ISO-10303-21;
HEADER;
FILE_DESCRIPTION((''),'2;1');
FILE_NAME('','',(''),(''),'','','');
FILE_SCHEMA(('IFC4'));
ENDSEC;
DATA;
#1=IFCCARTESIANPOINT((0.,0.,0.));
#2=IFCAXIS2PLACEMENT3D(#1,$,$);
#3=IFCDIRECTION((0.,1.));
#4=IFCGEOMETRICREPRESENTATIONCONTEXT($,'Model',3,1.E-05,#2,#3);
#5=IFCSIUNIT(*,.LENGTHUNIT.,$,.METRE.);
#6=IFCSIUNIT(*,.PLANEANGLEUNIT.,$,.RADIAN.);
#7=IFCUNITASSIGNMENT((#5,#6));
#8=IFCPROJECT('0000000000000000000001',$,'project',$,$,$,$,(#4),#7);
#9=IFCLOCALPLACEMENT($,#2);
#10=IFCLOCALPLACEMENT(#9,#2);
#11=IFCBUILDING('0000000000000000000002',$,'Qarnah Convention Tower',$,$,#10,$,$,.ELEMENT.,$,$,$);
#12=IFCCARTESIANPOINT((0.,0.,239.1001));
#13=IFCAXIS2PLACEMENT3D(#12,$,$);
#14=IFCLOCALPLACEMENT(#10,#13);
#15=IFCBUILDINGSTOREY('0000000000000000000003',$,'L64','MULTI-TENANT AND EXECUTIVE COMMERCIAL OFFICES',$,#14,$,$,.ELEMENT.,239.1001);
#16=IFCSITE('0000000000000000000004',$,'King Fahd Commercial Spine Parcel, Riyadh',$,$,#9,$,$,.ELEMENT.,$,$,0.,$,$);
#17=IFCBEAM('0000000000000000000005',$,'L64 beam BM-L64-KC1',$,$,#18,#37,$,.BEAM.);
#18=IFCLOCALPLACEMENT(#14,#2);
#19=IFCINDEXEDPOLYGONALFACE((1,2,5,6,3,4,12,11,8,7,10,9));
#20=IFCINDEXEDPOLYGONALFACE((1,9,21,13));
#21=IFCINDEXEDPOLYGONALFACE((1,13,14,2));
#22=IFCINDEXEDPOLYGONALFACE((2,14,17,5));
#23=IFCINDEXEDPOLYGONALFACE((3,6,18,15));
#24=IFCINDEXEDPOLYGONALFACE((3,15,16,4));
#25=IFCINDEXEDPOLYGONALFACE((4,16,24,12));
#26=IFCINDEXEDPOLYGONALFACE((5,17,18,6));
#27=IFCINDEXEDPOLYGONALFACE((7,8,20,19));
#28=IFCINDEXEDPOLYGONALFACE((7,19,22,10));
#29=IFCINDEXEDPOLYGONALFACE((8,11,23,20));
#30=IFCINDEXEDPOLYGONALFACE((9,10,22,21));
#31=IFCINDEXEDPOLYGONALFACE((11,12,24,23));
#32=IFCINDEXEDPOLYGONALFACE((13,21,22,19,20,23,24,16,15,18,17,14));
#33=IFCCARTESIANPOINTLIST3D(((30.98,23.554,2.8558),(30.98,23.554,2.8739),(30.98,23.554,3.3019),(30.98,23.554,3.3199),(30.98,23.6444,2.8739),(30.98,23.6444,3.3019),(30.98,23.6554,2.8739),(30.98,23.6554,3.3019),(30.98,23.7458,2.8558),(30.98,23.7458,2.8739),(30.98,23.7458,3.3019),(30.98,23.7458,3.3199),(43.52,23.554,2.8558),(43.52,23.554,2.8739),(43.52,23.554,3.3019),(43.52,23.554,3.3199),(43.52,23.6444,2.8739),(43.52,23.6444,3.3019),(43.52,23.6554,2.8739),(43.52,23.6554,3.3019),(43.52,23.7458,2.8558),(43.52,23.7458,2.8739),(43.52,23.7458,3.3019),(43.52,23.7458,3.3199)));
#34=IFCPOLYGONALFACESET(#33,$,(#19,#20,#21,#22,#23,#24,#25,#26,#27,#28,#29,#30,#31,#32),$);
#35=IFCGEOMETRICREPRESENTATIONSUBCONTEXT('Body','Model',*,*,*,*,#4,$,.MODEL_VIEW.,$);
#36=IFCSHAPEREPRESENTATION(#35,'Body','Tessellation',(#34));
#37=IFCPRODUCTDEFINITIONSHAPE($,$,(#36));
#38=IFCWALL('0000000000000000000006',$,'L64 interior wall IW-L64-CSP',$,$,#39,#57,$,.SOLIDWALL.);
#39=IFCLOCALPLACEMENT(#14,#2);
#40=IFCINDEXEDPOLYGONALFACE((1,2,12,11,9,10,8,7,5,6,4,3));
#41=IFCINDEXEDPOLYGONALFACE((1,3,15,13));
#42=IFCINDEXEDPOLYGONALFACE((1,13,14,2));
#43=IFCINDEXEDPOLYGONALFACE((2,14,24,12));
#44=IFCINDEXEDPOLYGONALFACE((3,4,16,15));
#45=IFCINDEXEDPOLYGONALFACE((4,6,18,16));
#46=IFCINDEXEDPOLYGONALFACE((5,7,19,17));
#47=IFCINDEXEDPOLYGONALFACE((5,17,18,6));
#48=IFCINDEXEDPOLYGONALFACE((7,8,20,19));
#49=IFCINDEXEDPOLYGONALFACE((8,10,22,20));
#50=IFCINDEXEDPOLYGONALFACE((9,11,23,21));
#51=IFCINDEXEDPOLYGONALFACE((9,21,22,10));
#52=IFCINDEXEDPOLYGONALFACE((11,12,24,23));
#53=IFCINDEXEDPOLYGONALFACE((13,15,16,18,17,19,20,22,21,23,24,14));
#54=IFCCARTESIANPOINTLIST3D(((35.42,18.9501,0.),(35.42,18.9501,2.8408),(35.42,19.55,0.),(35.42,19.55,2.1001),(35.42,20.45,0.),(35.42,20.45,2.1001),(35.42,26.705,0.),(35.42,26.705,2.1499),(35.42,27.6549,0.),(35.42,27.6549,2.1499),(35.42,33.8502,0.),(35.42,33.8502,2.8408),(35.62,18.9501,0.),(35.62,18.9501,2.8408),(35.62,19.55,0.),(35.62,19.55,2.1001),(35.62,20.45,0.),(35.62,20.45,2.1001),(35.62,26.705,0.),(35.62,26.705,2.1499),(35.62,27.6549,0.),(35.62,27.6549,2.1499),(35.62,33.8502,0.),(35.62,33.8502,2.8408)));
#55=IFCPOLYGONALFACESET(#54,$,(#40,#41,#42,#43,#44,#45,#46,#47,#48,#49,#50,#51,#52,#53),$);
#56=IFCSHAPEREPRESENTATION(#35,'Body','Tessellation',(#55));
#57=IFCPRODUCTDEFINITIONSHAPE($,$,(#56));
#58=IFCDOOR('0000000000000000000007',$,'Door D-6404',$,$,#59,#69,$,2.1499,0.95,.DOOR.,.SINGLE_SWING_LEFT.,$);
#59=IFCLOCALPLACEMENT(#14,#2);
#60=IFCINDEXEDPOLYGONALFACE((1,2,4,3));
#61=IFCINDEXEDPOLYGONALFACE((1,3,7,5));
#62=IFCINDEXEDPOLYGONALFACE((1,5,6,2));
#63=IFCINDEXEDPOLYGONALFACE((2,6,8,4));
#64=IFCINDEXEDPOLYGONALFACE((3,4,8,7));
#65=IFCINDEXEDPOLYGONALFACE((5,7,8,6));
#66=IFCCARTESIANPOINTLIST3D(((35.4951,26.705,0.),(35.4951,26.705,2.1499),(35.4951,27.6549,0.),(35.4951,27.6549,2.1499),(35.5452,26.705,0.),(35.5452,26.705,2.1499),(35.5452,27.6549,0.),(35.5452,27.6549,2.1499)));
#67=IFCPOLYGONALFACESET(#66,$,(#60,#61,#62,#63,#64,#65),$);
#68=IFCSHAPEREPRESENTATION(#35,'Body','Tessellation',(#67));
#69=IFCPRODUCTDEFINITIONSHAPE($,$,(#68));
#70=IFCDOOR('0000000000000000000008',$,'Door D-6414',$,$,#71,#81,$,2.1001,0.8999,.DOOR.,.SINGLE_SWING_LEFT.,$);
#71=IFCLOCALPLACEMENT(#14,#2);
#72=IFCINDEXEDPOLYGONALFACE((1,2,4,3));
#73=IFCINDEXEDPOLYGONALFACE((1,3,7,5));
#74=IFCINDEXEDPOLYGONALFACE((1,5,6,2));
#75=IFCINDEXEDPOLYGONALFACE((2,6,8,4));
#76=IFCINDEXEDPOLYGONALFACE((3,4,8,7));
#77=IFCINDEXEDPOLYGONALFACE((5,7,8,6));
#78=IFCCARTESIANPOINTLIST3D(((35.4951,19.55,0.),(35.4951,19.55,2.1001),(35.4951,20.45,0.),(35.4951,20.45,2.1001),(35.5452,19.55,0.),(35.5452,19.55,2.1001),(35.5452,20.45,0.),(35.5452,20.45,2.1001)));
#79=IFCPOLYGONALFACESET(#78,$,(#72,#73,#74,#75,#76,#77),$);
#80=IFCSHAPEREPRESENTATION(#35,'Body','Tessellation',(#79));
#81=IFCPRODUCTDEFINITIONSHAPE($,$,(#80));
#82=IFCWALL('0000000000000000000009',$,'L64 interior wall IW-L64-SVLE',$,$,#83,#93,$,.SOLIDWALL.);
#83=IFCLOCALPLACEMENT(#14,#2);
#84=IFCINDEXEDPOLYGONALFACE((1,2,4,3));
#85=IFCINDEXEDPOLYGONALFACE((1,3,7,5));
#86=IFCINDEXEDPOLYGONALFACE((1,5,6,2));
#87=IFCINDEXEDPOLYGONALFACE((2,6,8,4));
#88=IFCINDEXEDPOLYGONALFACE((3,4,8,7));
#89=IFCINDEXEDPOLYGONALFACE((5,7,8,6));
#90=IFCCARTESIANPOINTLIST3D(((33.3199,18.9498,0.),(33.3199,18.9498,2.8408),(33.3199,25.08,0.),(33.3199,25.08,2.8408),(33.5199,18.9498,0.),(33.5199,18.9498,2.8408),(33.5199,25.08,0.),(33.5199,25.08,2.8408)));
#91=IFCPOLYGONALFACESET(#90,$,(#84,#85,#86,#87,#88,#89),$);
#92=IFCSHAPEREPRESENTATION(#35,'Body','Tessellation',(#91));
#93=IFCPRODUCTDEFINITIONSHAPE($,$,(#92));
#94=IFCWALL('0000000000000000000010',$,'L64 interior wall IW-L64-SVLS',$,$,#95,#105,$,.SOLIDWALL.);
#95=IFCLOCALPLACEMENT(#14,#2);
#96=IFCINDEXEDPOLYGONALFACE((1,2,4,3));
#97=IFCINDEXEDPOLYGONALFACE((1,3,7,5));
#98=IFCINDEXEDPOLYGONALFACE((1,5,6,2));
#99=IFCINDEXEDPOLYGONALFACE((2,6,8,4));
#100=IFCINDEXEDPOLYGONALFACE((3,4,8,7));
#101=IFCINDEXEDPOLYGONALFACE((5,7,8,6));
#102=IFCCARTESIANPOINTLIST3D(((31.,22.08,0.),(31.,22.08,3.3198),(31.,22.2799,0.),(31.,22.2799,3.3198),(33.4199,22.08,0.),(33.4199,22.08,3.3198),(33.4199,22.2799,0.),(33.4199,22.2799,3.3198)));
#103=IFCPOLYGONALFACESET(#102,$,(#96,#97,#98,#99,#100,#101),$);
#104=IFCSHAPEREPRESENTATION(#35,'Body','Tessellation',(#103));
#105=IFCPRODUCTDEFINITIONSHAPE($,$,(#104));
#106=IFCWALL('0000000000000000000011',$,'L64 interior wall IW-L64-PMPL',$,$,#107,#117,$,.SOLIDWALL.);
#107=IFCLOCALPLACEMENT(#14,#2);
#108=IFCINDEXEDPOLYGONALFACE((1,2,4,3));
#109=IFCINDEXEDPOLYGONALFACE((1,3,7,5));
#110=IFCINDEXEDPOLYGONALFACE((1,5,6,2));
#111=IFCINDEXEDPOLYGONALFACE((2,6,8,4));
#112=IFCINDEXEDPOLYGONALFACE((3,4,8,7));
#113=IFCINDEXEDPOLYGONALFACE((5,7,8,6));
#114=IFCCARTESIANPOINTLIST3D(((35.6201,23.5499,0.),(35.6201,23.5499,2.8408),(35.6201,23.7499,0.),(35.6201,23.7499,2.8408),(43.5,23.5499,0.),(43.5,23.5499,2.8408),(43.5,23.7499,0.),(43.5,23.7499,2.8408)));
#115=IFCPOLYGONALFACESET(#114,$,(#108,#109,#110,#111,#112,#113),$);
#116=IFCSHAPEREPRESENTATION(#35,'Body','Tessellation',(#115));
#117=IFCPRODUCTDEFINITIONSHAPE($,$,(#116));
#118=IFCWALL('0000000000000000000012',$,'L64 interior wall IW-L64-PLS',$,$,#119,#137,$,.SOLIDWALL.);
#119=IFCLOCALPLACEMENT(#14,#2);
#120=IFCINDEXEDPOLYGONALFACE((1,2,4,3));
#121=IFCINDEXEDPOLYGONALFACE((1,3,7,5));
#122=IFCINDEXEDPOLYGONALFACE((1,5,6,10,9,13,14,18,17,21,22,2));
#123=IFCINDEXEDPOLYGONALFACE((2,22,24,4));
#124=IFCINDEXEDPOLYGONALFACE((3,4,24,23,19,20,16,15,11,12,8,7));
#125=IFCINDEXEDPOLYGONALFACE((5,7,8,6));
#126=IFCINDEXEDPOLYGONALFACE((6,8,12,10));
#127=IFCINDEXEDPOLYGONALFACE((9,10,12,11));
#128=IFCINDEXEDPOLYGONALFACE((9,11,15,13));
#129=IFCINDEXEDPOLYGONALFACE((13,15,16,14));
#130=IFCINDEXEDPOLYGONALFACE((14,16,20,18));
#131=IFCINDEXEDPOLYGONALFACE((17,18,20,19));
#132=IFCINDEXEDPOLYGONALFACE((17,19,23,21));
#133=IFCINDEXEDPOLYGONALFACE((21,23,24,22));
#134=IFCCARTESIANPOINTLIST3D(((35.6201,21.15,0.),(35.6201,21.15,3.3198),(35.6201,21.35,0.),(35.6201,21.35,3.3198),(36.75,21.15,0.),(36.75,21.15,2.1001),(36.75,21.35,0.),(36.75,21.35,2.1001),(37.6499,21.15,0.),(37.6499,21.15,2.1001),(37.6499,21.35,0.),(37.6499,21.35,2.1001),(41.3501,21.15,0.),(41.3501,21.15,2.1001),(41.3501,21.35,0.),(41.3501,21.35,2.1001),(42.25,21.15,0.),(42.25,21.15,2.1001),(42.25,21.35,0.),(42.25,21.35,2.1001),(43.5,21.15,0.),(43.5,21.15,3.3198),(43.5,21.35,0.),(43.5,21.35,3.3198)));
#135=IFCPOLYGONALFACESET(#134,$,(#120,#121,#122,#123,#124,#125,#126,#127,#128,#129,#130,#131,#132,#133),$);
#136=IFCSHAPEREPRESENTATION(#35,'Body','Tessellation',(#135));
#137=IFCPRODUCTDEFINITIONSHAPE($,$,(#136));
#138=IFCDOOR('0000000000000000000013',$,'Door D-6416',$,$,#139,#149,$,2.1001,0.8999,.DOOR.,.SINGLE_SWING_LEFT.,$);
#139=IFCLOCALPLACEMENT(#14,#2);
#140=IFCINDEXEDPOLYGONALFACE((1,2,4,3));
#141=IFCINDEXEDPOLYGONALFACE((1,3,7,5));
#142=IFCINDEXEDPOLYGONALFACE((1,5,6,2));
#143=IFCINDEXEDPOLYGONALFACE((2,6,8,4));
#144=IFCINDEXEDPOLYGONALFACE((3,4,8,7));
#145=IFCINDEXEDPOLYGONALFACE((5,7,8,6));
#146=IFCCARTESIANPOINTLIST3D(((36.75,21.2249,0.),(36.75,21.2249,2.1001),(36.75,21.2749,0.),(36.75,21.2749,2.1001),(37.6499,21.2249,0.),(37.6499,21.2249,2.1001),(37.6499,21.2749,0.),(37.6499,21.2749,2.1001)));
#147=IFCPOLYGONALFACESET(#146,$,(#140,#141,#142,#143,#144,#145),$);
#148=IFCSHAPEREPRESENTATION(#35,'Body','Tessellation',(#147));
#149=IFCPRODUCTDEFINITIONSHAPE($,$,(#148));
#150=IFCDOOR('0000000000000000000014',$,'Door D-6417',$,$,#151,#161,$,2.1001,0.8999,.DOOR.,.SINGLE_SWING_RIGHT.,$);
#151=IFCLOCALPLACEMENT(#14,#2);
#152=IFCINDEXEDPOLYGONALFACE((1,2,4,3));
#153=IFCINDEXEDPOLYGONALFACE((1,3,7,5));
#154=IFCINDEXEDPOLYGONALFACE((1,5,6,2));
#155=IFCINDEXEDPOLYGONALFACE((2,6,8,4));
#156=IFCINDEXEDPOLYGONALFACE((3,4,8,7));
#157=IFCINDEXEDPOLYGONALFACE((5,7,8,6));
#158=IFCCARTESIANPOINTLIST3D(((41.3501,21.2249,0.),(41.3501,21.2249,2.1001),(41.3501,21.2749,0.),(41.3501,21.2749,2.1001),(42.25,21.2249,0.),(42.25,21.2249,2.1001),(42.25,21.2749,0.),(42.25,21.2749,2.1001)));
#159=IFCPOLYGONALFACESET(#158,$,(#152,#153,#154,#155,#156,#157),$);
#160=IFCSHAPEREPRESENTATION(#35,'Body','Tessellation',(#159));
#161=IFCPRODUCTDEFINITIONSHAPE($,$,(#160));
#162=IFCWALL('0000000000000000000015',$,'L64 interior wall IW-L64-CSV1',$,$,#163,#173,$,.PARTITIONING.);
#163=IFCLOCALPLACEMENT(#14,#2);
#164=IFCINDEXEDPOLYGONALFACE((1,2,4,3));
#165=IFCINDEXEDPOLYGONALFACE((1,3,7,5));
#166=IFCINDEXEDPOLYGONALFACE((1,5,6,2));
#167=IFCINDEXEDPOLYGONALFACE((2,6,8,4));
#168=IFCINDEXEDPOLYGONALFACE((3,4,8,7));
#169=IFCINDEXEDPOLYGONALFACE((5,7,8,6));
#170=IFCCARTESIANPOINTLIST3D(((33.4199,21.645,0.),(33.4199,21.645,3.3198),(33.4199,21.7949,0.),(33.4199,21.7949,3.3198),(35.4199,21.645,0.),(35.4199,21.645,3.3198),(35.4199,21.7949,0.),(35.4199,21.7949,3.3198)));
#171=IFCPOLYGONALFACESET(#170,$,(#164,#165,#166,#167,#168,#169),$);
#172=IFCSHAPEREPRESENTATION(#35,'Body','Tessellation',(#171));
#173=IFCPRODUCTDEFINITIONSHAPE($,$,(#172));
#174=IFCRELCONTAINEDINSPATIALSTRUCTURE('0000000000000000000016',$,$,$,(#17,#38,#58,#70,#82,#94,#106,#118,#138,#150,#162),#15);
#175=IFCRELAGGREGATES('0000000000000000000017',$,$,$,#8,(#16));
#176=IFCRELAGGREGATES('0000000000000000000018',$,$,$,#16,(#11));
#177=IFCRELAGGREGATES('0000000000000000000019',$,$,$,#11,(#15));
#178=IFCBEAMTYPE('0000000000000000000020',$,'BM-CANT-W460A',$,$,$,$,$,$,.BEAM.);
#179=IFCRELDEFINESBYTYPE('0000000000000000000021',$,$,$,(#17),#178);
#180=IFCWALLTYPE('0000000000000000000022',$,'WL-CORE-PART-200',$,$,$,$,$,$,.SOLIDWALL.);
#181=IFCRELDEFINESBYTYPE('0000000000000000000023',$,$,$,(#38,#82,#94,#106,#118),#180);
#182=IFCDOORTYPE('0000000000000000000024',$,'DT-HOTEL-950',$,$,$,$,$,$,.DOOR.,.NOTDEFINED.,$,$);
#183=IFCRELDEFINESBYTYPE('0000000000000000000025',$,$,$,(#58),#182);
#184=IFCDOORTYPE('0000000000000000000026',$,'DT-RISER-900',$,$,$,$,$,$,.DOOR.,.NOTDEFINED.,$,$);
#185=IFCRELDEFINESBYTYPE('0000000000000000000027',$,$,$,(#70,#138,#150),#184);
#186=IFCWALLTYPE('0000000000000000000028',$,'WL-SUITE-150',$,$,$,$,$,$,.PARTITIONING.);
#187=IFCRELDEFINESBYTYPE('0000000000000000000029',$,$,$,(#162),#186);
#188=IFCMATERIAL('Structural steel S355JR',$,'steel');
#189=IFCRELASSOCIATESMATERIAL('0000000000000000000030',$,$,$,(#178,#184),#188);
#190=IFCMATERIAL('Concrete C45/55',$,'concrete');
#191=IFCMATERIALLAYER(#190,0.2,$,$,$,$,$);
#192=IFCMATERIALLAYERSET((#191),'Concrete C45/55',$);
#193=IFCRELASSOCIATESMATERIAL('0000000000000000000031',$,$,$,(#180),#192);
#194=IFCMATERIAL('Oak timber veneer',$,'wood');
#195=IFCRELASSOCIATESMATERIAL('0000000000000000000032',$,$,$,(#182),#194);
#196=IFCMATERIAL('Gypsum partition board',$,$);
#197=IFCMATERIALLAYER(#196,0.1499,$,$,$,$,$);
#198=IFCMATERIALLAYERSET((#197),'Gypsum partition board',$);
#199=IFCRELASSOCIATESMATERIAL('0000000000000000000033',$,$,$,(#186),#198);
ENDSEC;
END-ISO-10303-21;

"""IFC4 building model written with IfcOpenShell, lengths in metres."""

from ifc_helpers import new_model, si_unit, direction, frame, frame_2d, origin, origin_2d, place, context, subcontext, project, spatial, rectangle, i_section, extrude, material, layer, layer_set, material_profile, profile_set, type_object, element, fill, save


model = new_model("IFC4")

# Units and contexts
model_context = context("Model", 3, precision=1e-05, world=origin(), true_north=direction((0.0, 1.0)))
body_context = subcontext(model_context, "Body", "Model", "MODEL_VIEW")
ifc_project = project(units=[si_unit("LENGTHUNIT", "METRE"), si_unit("PLANEANGLEUNIT", "RADIAN")], contexts=[model_context])

# Site, building, storey
site_placement = place(None, origin())
site = spatial("IfcSite", under=ifc_project, at=site_placement, Name="King Fahd Commercial Spine Parcel, Riyadh", CompositionType="ELEMENT", RefElevation=0.0)
building_placement = place(site_placement, origin())
building = spatial("IfcBuilding", under=site, at=building_placement, Name="Qarnah Convention Tower", CompositionType="ELEMENT")
storey_placement = place(building_placement, frame((0.0, 0.0, 239.1001)))
storey = spatial("IfcBuildingStorey", under=building, at=storey_placement, Name="L64", Description="MULTI-TENANT AND EXECUTIVE COMMERCIAL OFFICES", CompositionType="ELEMENT", Elevation=239.1001)

# Beam
ifc_material_1 = material(Name="Structural steel S355JR", Category="steel")
ifc_material_profile = material_profile(ifc_material_1, i_section(OverallWidth=0.1919, OverallDepth=0.4641, WebThickness=0.011, FlangeThickness=0.0181, at=origin_2d()), Name="W460X89")
ifc_profile_set = profile_set([ifc_material_profile], Name="Structural steel S355JR")
beam_type = type_object("IfcBeamType", Name="BM-CANT-W460A", PredefinedType="BEAM", material=ifc_profile_set)
beam_placement = place(storey_placement, frame((30.98, 23.6499, 3.0879), z_axis=(1.0, 0.0, 0.0), x_axis=(0.0, 1.0, 0.0)))
element("IfcBeam", 1, at=beam_placement, inside=storey, type_object=beam_type, Name="L64 beam BM-L64-KC1", PredefinedType="BEAM", context=body_context, shape_type="SweptSolid", body=[
    extrude(i_section(OverallWidth=0.1919, OverallDepth=0.4641, WebThickness=0.011, FlangeThickness=0.0181, at=origin_2d()), origin(), (0.0, 0.0, 1.0), 12.54),
])

# Wall, openings, doors
ifc_material_2 = material(Name="Concrete C45/55", Category="concrete")
ifc_layer_1 = layer(ifc_material_2, 0.2)
ifc_layer_set_1 = layer_set([ifc_layer_1], Name="Concrete C45/55")
wall_type_1 = type_object("IfcWallType", Name="WL-CORE-PART-200", PredefinedType="SOLIDWALL", material=ifc_layer_set_1)
wall_1_placement = place(storey_placement, frame((35.52, 18.95, 0.0), z_axis=(0.0, 0.0, 1.0), x_axis=(0.0, 1.0, 0.0)))
wall_1 = element("IfcWall", 2, at=wall_1_placement, inside=storey, type_object=wall_type_1, Name="L64 interior wall IW-L64-CSP", PredefinedType="SOLIDWALL", context=body_context, shape_type="SweptSolid", body=[
    extrude(rectangle(XDim=14.9001, YDim=0.2, at=frame_2d((7.4502, 0.0))), origin(), (0.0, 0.0, 1.0), 2.8408),
])
opening_1_placement = place(wall_1_placement, frame((7.7549, 0.0, 0.0)))
opening_1 = element("IfcOpeningElement", 3, at=opening_1_placement, cuts=wall_1, PredefinedType="OPENING", context=body_context, shape_type="SweptSolid", body=[
    extrude(rectangle(XDim=0.95, YDim=2.1499, at=frame_2d((0.4751, 1.075))), frame((0.0, 0.1099, 0.0), z_axis=(0.0, -1.0, 0.0), x_axis=(1.0, 0.0, 0.0)), (0.0, 0.0, 1.0), 0.22),
])
opening_2_placement = place(wall_1_placement, frame((0.6001, 0.0, 0.0)))
opening_2 = element("IfcOpeningElement", 4, at=opening_2_placement, cuts=wall_1, PredefinedType="OPENING", context=body_context, shape_type="SweptSolid", body=[
    extrude(rectangle(XDim=0.8999, YDim=2.1001, at=frame_2d((0.45, 1.05))), frame((0.0, 0.1099, 0.0), z_axis=(0.0, -1.0, 0.0), x_axis=(1.0, 0.0, 0.0)), (0.0, 0.0, 1.0), 0.22),
])
ifc_material_3 = material(Name="Oak timber veneer", Category="wood")
door_type_1 = type_object("IfcDoorType", Name="DT-HOTEL-950", OperationType="NOTDEFINED", PredefinedType="DOOR", material=ifc_material_3)
door_1_placement = place(opening_1_placement, origin())
door_1 = element("IfcDoor", 5, at=door_1_placement, inside=storey, type_object=door_type_1, Name="Door D-6404", OperationType="SINGLE_SWING_LEFT", OverallHeight=2.1499, OverallWidth=0.95, PredefinedType="DOOR", context=body_context, shape_type="SweptSolid", body=[
    extrude(rectangle(XDim=0.95, YDim=2.1499, at=frame_2d((0.4751, 1.075))), frame((0.0, 0.0249, 0.0), z_axis=(0.0, -1.0, 0.0), x_axis=(1.0, 0.0, 0.0)), (0.0, 0.0, 1.0), 0.05),
])
fill(opening_1, door_1)
door_type_2 = type_object("IfcDoorType", Name="DT-RISER-900", OperationType="NOTDEFINED", PredefinedType="DOOR", material=ifc_material_1)
door_2_placement = place(opening_2_placement, origin())
door_2 = element("IfcDoor", 6, at=door_2_placement, inside=storey, type_object=door_type_2, Name="Door D-6414", OperationType="SINGLE_SWING_LEFT", OverallHeight=2.1001, OverallWidth=0.8999, PredefinedType="DOOR", context=body_context, shape_type="SweptSolid", body=[
    extrude(rectangle(XDim=0.8999, YDim=2.1001, at=frame_2d((0.45, 1.05))), frame((0.0, 0.0249, 0.0), z_axis=(0.0, -1.0, 0.0), x_axis=(1.0, 0.0, 0.0)), (0.0, 0.0, 1.0), 0.05),
])
fill(opening_2, door_2)

# Walls
wall_2_placement = place(storey_placement, frame((33.4199, 18.95, 0.0), z_axis=(0.0, 0.0, 1.0), x_axis=(0.0, 1.0, 0.0)))
element("IfcWall", 7, at=wall_2_placement, inside=storey, type_object=wall_type_1, Name="L64 interior wall IW-L64-SVLE", PredefinedType="SOLIDWALL", context=body_context, shape_type="SweptSolid", body=[
    extrude(rectangle(XDim=6.1301, YDim=0.2, at=frame_2d((3.0649, 0.0))), origin(), (0.0, 0.0, 1.0), 2.8408),
])
wall_3_placement = place(storey_placement, frame((31.0, 22.1799, 0.0), z_axis=(0.0, 0.0, 1.0), x_axis=(1.0, 0.0, 0.0)))
element("IfcWall", 8, at=wall_3_placement, inside=storey, type_object=wall_type_1, Name="L64 interior wall IW-L64-SVLS", PredefinedType="SOLIDWALL", context=body_context, shape_type="SweptSolid", body=[
    extrude(rectangle(XDim=2.4199, YDim=0.2, at=frame_2d((1.21, 0.0))), origin(), (0.0, 0.0, 1.0), 3.3198),
])
wall_4_placement = place(storey_placement, frame((35.6201, 23.6499, 0.0), z_axis=(0.0, 0.0, 1.0), x_axis=(1.0, 0.0, 0.0)))
element("IfcWall", 9, at=wall_4_placement, inside=storey, type_object=wall_type_1, Name="L64 interior wall IW-L64-PMPL", PredefinedType="SOLIDWALL", context=body_context, shape_type="SweptSolid", body=[
    extrude(rectangle(XDim=7.8799, YDim=0.2, at=frame_2d((3.9399, 0.0))), origin(), (0.0, 0.0, 1.0), 2.8408),
])

# Wall, openings, doors
wall_5_placement = place(storey_placement, frame((35.6201, 21.25, 0.0), z_axis=(0.0, 0.0, 1.0), x_axis=(1.0, 0.0, 0.0)))
wall_5 = element("IfcWall", 10, at=wall_5_placement, inside=storey, type_object=wall_type_1, Name="L64 interior wall IW-L64-PLS", PredefinedType="SOLIDWALL", context=body_context, shape_type="SweptSolid", body=[
    extrude(rectangle(XDim=7.8799, YDim=0.2, at=frame_2d((3.9399, 0.0))), origin(), (0.0, 0.0, 1.0), 3.3198),
])
opening_3_placement = place(wall_5_placement, frame((1.1299, 0.0, 0.0)))
opening_3 = element("IfcOpeningElement", 11, at=opening_3_placement, cuts=wall_5, PredefinedType="OPENING", context=body_context, shape_type="SweptSolid", body=[
    extrude(rectangle(XDim=0.8999, YDim=2.1001, at=frame_2d((0.45, 1.05))), frame((0.0, 0.1099, 0.0), z_axis=(0.0, -1.0, 0.0), x_axis=(1.0, 0.0, 0.0)), (0.0, 0.0, 1.0), 0.22),
])
opening_4_placement = place(wall_5_placement, frame((5.73, 0.0, 0.0)))
opening_4 = element("IfcOpeningElement", 12, at=opening_4_placement, cuts=wall_5, PredefinedType="OPENING", context=body_context, shape_type="SweptSolid", body=[
    extrude(rectangle(XDim=0.8999, YDim=2.1001, at=frame_2d((0.45, 1.05))), frame((0.0, 0.1099, 0.0), z_axis=(0.0, -1.0, 0.0), x_axis=(1.0, 0.0, 0.0)), (0.0, 0.0, 1.0), 0.22),
])
door_3_placement = place(opening_3_placement, origin())
door_3 = element("IfcDoor", 13, at=door_3_placement, inside=storey, type_object=door_type_2, Name="Door D-6416", OperationType="SINGLE_SWING_LEFT", OverallHeight=2.1001, OverallWidth=0.8999, PredefinedType="DOOR", context=body_context, shape_type="SweptSolid", body=[
    extrude(rectangle(XDim=0.8999, YDim=2.1001, at=frame_2d((0.45, 1.05))), frame((0.0, 0.0249, 0.0), z_axis=(0.0, -1.0, 0.0), x_axis=(1.0, 0.0, 0.0)), (0.0, 0.0, 1.0), 0.05),
])
fill(opening_3, door_3)
door_4_placement = place(opening_4_placement, origin())
door_4 = element("IfcDoor", 14, at=door_4_placement, inside=storey, type_object=door_type_2, Name="Door D-6417", OperationType="SINGLE_SWING_RIGHT", OverallHeight=2.1001, OverallWidth=0.8999, PredefinedType="DOOR", context=body_context, shape_type="SweptSolid", body=[
    extrude(rectangle(XDim=0.8999, YDim=2.1001, at=frame_2d((0.45, 1.05))), frame((0.0, 0.0249, 0.0), z_axis=(0.0, -1.0, 0.0), x_axis=(1.0, 0.0, 0.0)), (0.0, 0.0, 1.0), 0.05),
])
fill(opening_4, door_4)

# Wall
ifc_material_4 = material(Name="Gypsum partition board")
ifc_layer_2 = layer(ifc_material_4, 0.1499)
ifc_layer_set_2 = layer_set([ifc_layer_2], Name="Gypsum partition board")
wall_type_2 = type_object("IfcWallType", Name="WL-SUITE-150", PredefinedType="PARTITIONING", material=ifc_layer_set_2)
wall_6_placement = place(storey_placement, frame((33.4199, 21.72, 0.0), z_axis=(0.0, 0.0, 1.0), x_axis=(1.0, 0.0, 0.0)))
element("IfcWall", 15, at=wall_6_placement, inside=storey, type_object=wall_type_2, Name="L64 interior wall IW-L64-CSV1", PredefinedType="PARTITIONING", context=body_context, shape_type="SweptSolid", body=[
    extrude(rectangle(XDim=2.0, YDim=0.1499, at=frame_2d((1.0, 0.0))), origin(), (0.0, 0.0, 1.0), 3.3198),
])

save(model, "model.ifc")
